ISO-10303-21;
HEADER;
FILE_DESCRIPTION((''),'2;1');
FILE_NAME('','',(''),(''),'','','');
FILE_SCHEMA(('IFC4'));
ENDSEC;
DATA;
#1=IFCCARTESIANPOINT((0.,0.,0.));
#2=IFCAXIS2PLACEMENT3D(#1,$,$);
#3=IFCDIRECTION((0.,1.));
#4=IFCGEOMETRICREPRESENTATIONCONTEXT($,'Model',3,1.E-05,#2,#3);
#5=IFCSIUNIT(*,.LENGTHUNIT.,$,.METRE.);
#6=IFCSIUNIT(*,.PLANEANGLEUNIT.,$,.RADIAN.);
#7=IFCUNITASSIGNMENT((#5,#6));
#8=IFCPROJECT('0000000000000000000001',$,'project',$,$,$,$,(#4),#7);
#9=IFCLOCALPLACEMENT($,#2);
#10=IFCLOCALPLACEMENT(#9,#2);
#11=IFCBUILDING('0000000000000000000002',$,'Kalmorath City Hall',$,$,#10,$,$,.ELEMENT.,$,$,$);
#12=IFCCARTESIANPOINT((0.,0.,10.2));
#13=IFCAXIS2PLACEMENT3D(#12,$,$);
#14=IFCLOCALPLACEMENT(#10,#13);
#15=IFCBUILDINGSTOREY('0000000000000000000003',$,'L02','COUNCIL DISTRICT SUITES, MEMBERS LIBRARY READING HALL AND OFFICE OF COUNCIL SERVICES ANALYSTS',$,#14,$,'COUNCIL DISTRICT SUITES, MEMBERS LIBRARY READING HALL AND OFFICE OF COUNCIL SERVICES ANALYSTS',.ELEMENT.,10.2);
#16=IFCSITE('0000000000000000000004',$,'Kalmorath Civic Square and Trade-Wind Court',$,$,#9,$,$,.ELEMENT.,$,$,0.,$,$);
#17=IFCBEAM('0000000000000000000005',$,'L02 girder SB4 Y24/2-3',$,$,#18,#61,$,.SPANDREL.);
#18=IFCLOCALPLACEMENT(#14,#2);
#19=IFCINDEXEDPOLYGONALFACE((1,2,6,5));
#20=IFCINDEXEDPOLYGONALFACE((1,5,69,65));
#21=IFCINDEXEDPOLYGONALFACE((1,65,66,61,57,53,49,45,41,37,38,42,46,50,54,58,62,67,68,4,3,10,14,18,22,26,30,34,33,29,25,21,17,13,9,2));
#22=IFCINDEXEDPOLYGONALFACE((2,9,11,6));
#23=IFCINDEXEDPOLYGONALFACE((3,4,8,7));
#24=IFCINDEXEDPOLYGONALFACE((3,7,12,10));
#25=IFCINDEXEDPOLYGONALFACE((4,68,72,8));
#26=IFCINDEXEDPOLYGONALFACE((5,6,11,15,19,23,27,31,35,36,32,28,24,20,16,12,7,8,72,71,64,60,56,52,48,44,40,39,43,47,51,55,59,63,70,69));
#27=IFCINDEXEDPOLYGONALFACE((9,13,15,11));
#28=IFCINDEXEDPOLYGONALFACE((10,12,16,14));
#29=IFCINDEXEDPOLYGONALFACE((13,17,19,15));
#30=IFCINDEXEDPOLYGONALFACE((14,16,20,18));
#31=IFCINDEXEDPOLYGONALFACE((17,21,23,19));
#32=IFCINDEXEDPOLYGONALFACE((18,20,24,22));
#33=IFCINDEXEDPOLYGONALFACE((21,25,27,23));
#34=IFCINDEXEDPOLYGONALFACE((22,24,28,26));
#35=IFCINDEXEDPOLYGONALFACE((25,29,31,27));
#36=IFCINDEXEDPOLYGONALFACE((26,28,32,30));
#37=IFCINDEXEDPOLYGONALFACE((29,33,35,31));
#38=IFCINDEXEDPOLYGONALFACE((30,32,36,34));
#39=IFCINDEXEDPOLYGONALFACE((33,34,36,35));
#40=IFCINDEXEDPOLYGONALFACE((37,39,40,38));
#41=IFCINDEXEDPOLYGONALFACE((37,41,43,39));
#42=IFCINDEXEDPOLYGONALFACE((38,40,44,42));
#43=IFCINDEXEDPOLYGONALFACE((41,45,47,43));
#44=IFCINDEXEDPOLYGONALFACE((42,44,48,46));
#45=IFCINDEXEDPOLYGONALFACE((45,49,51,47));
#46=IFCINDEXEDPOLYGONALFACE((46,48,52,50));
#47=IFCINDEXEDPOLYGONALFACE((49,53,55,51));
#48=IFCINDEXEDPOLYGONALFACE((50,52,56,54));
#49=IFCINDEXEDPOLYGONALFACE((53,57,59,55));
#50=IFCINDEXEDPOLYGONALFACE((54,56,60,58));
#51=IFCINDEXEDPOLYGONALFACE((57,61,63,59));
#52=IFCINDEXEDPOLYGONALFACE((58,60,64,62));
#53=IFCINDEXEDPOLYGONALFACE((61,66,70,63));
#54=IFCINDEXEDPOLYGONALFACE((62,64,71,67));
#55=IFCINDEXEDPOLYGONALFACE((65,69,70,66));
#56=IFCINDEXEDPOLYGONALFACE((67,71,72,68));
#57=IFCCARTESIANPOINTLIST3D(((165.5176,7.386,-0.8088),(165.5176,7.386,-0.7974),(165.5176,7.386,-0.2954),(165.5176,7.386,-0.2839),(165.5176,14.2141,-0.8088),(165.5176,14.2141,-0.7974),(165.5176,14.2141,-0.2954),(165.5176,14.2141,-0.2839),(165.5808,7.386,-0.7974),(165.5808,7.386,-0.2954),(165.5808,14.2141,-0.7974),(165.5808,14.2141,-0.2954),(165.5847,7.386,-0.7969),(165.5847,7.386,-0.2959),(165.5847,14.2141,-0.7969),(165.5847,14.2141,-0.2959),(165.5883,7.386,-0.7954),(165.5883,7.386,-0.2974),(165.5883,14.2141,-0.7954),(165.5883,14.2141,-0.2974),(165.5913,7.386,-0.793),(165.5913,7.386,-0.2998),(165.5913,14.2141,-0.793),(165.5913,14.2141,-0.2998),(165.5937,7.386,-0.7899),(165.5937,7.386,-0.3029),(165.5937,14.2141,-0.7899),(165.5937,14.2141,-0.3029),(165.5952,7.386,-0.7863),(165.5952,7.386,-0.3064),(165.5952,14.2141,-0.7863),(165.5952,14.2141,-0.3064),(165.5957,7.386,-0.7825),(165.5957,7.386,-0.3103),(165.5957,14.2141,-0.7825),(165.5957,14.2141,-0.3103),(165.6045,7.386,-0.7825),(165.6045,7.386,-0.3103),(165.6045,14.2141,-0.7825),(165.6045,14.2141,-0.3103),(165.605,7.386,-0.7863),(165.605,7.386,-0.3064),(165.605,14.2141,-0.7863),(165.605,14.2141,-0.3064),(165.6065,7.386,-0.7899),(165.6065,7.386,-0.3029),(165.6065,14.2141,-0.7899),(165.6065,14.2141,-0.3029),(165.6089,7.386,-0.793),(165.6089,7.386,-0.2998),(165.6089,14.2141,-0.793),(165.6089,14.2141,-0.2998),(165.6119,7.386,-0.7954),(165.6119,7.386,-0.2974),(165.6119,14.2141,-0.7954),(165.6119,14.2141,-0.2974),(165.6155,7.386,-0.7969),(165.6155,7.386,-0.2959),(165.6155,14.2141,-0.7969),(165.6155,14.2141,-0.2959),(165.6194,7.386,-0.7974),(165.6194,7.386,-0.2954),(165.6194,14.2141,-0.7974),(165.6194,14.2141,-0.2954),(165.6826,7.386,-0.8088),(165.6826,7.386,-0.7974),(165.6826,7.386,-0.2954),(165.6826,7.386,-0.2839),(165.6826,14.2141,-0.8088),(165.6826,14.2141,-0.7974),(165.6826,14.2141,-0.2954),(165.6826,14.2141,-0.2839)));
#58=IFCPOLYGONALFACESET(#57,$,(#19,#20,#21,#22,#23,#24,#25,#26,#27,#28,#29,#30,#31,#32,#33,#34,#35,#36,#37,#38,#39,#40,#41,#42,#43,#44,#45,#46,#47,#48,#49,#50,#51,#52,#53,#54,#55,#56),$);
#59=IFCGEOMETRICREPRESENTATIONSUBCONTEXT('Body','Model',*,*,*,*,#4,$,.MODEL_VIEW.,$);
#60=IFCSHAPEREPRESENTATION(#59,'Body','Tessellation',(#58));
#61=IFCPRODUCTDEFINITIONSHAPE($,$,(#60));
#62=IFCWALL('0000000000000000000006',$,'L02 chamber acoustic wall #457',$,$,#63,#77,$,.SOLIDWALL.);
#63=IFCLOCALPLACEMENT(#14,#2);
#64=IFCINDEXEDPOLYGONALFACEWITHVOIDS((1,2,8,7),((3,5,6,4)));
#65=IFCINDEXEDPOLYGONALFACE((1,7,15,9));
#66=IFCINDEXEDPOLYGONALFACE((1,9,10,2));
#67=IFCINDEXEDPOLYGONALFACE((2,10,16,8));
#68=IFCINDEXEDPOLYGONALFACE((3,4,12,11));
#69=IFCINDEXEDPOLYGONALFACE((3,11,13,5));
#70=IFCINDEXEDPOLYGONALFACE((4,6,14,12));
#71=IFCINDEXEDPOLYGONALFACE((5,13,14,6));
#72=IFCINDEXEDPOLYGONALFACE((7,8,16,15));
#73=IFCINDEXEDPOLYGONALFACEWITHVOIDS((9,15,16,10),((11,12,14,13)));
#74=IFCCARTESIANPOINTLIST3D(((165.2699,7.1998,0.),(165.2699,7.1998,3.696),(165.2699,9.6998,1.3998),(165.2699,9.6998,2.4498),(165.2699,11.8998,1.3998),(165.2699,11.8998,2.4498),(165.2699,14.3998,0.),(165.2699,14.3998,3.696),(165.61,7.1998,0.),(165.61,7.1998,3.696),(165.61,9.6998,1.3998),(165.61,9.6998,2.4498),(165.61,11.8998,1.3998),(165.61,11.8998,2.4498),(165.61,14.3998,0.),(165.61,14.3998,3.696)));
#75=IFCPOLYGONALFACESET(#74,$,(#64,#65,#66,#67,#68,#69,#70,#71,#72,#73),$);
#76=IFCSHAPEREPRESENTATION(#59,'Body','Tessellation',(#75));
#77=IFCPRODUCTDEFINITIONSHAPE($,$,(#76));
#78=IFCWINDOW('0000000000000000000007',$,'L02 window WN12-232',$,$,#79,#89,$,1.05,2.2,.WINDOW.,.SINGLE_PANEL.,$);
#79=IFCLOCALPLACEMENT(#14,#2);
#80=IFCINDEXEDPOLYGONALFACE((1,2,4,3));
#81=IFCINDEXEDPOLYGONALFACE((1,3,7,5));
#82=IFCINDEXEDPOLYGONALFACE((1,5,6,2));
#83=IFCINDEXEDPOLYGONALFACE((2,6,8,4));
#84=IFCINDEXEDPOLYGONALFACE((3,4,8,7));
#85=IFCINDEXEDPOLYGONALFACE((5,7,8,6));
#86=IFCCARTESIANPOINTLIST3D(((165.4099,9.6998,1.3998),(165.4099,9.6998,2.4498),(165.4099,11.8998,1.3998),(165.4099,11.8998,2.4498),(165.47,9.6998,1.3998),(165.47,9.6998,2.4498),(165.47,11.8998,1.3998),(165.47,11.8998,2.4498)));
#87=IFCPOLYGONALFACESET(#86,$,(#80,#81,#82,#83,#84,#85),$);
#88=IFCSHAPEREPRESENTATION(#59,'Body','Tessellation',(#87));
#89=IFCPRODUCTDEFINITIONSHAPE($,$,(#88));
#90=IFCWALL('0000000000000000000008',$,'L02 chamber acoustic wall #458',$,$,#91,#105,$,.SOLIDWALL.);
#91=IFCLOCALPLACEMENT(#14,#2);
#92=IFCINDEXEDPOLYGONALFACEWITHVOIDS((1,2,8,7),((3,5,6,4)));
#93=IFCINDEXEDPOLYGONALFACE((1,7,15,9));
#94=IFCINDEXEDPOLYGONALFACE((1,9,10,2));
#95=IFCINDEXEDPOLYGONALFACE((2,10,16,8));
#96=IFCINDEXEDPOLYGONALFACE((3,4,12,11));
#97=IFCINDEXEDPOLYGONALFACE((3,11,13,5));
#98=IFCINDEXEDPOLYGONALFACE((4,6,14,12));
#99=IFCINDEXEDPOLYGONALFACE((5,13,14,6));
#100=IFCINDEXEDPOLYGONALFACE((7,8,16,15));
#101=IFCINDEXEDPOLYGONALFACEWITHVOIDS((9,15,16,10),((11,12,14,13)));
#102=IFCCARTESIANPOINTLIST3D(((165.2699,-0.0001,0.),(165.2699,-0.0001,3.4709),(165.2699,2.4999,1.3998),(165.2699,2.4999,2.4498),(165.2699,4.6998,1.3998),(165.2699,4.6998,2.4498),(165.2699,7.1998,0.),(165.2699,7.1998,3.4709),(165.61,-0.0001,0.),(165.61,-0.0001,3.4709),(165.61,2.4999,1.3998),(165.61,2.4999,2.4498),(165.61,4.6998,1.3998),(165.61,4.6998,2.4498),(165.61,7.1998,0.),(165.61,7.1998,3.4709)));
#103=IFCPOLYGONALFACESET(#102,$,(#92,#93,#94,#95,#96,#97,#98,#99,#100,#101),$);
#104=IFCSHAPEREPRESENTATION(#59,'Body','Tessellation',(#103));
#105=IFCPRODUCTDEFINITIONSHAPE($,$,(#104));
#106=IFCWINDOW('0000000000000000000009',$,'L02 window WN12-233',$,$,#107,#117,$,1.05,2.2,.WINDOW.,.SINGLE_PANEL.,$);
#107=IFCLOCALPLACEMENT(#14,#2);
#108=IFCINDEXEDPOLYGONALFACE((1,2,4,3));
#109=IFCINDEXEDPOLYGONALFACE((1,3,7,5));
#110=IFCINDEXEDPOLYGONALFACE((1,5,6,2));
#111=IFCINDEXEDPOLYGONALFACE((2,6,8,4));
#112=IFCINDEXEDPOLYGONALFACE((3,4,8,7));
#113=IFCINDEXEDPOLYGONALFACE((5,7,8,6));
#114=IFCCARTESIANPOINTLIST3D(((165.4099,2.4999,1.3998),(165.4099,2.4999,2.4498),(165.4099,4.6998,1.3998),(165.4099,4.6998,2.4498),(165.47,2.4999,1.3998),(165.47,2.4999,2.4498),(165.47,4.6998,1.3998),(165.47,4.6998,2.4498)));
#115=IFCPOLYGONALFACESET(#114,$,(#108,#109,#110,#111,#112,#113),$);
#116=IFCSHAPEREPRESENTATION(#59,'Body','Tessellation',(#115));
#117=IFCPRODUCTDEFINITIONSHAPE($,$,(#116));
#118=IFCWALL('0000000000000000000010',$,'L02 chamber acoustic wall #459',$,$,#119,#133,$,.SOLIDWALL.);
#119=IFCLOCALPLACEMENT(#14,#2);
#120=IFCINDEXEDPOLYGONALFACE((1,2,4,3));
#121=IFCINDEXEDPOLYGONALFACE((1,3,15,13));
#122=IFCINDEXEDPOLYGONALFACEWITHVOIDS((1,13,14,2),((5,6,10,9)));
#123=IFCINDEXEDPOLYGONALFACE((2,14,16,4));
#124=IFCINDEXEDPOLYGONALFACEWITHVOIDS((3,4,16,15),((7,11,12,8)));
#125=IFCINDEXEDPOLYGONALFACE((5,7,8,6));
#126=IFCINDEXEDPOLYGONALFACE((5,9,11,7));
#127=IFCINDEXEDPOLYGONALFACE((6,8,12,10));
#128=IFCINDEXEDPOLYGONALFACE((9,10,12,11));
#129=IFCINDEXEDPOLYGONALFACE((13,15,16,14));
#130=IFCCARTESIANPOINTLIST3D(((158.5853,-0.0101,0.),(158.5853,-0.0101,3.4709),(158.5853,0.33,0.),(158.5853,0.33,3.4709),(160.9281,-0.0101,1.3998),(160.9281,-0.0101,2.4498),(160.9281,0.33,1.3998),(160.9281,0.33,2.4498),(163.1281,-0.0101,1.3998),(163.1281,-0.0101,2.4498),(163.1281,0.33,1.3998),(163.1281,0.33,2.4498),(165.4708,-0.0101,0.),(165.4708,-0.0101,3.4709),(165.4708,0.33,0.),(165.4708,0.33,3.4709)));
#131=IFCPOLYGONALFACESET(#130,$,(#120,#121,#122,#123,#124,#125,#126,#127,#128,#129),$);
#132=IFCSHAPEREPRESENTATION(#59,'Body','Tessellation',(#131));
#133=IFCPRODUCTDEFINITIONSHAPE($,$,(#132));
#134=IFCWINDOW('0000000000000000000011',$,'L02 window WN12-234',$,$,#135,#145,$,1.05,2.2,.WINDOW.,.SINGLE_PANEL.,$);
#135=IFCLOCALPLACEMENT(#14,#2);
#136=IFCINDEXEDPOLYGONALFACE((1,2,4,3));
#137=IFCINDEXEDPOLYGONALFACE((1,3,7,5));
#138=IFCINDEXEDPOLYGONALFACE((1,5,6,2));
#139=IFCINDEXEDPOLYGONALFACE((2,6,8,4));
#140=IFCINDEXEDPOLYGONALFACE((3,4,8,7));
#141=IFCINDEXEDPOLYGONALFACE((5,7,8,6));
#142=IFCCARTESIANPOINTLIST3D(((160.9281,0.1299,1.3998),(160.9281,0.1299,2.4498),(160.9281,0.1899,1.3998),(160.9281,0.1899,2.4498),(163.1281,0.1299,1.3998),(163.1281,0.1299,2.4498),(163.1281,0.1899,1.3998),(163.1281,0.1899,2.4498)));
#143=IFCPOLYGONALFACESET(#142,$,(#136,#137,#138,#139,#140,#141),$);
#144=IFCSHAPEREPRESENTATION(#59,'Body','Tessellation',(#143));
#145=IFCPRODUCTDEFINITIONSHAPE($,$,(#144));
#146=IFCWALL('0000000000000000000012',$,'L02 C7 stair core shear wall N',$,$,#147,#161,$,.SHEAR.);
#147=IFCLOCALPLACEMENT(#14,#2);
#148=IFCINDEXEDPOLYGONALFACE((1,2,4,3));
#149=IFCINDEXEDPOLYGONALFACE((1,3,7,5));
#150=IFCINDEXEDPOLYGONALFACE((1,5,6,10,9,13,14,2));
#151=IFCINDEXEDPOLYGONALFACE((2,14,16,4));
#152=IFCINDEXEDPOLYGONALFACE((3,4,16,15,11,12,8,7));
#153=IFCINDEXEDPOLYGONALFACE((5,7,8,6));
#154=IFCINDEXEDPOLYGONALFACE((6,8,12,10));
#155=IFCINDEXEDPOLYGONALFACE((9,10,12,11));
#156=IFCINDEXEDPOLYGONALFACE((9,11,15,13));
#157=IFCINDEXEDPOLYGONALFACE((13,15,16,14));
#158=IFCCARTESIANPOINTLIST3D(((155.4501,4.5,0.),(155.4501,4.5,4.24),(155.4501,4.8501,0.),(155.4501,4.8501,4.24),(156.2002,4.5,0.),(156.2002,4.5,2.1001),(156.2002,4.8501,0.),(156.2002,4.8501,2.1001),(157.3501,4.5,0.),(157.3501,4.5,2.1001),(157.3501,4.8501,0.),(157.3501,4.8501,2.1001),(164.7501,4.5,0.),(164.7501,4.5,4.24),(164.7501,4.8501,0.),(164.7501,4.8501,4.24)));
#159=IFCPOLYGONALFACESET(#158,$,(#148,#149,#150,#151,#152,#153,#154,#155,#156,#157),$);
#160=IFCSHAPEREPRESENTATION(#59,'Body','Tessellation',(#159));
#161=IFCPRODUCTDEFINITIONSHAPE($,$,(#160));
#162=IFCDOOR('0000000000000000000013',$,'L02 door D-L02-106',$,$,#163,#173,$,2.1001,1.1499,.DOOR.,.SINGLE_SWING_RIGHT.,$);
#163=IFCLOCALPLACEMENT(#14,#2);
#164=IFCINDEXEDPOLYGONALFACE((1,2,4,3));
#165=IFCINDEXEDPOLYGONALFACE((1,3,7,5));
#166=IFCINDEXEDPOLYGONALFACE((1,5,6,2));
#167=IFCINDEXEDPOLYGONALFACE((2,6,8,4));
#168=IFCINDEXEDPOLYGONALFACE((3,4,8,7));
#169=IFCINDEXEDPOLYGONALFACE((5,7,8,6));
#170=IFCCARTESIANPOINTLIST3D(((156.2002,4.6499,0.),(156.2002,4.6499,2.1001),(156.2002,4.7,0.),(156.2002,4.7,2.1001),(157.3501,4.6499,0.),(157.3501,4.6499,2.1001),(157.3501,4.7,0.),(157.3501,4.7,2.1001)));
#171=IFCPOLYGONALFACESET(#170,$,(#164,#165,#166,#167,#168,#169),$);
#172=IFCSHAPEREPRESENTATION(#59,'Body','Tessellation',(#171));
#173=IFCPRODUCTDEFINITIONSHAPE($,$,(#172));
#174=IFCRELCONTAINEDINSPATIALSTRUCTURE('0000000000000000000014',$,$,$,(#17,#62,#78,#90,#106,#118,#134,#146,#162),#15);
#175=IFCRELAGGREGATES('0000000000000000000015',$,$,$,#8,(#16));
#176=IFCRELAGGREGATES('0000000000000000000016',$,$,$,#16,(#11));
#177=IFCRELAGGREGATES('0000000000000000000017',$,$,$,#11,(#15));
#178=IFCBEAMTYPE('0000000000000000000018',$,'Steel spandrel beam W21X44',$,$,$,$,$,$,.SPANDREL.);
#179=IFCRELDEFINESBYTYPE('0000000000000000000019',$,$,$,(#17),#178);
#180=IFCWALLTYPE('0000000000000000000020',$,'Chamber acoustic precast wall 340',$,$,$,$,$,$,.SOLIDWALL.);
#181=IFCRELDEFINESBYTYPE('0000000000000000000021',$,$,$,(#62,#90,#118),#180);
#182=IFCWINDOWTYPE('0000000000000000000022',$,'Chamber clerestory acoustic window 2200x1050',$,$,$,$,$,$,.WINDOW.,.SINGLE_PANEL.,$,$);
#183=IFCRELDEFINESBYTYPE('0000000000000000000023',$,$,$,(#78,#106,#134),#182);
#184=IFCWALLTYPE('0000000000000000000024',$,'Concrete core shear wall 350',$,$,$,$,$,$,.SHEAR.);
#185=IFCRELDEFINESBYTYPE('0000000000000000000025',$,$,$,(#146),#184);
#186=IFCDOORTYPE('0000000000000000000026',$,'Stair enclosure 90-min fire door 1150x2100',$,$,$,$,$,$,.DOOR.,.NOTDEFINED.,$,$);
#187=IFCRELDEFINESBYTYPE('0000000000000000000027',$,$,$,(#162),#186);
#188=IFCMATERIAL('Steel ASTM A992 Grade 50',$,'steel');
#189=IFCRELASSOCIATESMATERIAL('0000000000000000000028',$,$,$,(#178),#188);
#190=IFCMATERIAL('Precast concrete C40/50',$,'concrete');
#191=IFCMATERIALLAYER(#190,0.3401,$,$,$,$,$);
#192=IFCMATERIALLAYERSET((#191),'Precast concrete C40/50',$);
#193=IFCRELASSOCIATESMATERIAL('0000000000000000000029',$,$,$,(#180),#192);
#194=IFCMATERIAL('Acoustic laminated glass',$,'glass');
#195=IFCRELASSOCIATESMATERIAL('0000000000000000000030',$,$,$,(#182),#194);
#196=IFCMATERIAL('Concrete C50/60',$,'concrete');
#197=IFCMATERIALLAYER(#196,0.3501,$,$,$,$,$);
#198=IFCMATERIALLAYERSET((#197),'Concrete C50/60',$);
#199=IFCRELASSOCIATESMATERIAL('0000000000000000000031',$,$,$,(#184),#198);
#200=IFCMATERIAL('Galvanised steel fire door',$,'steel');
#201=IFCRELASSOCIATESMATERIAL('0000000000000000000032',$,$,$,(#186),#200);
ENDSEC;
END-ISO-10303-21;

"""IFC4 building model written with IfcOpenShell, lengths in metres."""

from ifc_helpers import new_model, si_unit, direction, frame, frame_2d, origin, origin_2d, place, context, subcontext, project, spatial, rectangle, i_section, extrude, material, layer, layer_set, material_profile, profile_set, type_object, element, fill, save


model = new_model("IFC4")

# Units and contexts
model_context = context("Model", 3, precision=1e-05, world=origin(), true_north=direction((0.0, 1.0)))
body_context = subcontext(model_context, "Body", "Model", "MODEL_VIEW")
ifc_project = project(units=[si_unit("LENGTHUNIT", "METRE"), si_unit("PLANEANGLEUNIT", "RADIAN")], contexts=[model_context])

# Site, building, storey
site_placement = place(None, origin())
site = spatial("IfcSite", under=ifc_project, at=site_placement, Name="Kalmorath Civic Square and Trade-Wind Court", CompositionType="ELEMENT", RefElevation=0.0)
building_placement = place(site_placement, origin())
building = spatial("IfcBuilding", under=site, at=building_placement, Name="Kalmorath City Hall", CompositionType="ELEMENT")
storey_placement = place(building_placement, frame((0.0, 0.0, 10.2)))
storey = spatial("IfcBuildingStorey", under=building, at=storey_placement, Name="L02", Description="COUNCIL DISTRICT SUITES, MEMBERS LIBRARY READING HALL AND OFFICE OF COUNCIL SERVICES ANALYSTS", LongName="COUNCIL DISTRICT SUITES, MEMBERS LIBRARY READING HALL AND OFFICE OF COUNCIL SERVICES ANALYSTS", CompositionType="ELEMENT", Elevation=10.2)

# Beam
ifc_material_1 = material(Name="Steel ASTM A992 Grade 50", Category="steel")
ifc_material_profile_1 = material_profile(ifc_material_1, i_section(OverallWidth=0.165, OverallDepth=0.5249, WebThickness=0.0088, FlangeThickness=0.0115, FilletRadius=0.0149, at=origin_2d()), Name="W21X44")
ifc_profile_set_1 = profile_set([ifc_material_profile_1], Name="Steel ASTM A992 Grade 50")
beam_type_1 = type_object("IfcBeamType", Name="Steel spandrel beam W21X44", PredefinedType="SPANDREL", material=ifc_profile_set_1)
beam_1_placement = place(storey_placement, frame((165.6001, 7.386, -0.5464), z_axis=(0.0, 1.0, 0.0), x_axis=(-1.0, 0.0, 0.0)))
element("IfcBeam", 1, at=beam_1_placement, inside=storey, type_object=beam_type_1, Name="L02 girder SB4 Y24/2-3", PredefinedType="SPANDREL", context=body_context, shape_type="SweptSolid", body=[
    extrude(i_section(OverallWidth=0.165, OverallDepth=0.5249, WebThickness=0.0088, FlangeThickness=0.0115, FilletRadius=0.0149, at=origin_2d()), origin(), (0.0, 0.0, 1.0), 6.8281),
])

# Walls, openings, windows
ifc_material_2 = material(Name="Precast concrete C40/50", Category="concrete")
ifc_layer_1 = layer(ifc_material_2, 0.3401)
ifc_layer_set_1 = layer_set([ifc_layer_1], Name="Precast concrete C40/50")
wall_type_1 = type_object("IfcWallType", Name="Chamber acoustic precast wall 340", PredefinedType="SOLIDWALL", material=ifc_layer_set_1)
wall_1_placement = place(storey_placement, frame((165.4399, 14.3999, 0.0), z_axis=(0.0, 0.0, 1.0), x_axis=(0.0, -1.0, 0.0)))
wall_1 = element("IfcWall", 2, at=wall_1_placement, inside=storey, type_object=wall_type_1, Name="L02 chamber acoustic wall #457", PredefinedType="SOLIDWALL", context=body_context, shape_type="SweptSolid", body=[
    extrude(rectangle(XDim=7.2, YDim=0.3401, at=frame_2d((3.6001, 0.0))), origin(), (0.0, 0.0, 1.0), 3.696),
])
opening_1_placement = place(wall_1_placement, frame((2.5, 0.0, 1.3999)))
opening_1 = element("IfcOpeningElement", 3, at=opening_1_placement, cuts=wall_1, PredefinedType="OPENING", context=body_context, shape_type="SweptSolid", body=[
    extrude(rectangle(XDim=2.2, YDim=1.05, at=frame_2d((1.1001, 0.5249))), frame((0.0, 0.1799, 0.0), z_axis=(0.0, -1.0, 0.0), x_axis=(1.0, 0.0, 0.0)), (0.0, 0.0, 1.0), 0.3601),
])
ifc_material_3 = material(Name="Acoustic laminated glass", Category="glass")
window_type = type_object("IfcWindowType", Name="Chamber clerestory acoustic window 2200x1050", PartitioningType="SINGLE_PANEL", PredefinedType="WINDOW", material=ifc_material_3)
window_1_placement = place(opening_1_placement, origin())
window_1 = element("IfcWindow", 4, at=window_1_placement, inside=storey, type_object=window_type, Name="L02 window WN12-232", OverallHeight=1.05, OverallWidth=2.2, PartitioningType="SINGLE_PANEL", PredefinedType="WINDOW", context=body_context, shape_type="SweptSolid", body=[
    extrude(rectangle(XDim=2.2, YDim=1.05, at=frame_2d((1.1001, 0.5249))), frame((0.0, 0.03, 0.0), z_axis=(0.0, -1.0, 0.0), x_axis=(1.0, 0.0, 0.0)), (0.0, 0.0, 1.0), 0.0601),
])
fill(opening_1, window_1)
wall_2_placement = place(storey_placement, frame((165.4399, 7.2, 0.0), z_axis=(0.0, 0.0, 1.0), x_axis=(0.0, -1.0, 0.0)))
wall_2 = element("IfcWall", 5, at=wall_2_placement, inside=storey, type_object=wall_type_1, Name="L02 chamber acoustic wall #458", PredefinedType="SOLIDWALL", context=body_context, shape_type="SweptSolid", body=[
    extrude(rectangle(XDim=7.2, YDim=0.3401, at=frame_2d((3.6001, 0.0))), origin(), (0.0, 0.0, 1.0), 3.4709),
])
opening_2_placement = place(wall_2_placement, frame((2.5, 0.0, 1.3999)))
opening_2 = element("IfcOpeningElement", 6, at=opening_2_placement, cuts=wall_2, PredefinedType="OPENING", context=body_context, shape_type="SweptSolid", body=[
    extrude(rectangle(XDim=2.2, YDim=1.05, at=frame_2d((1.1001, 0.5249))), frame((0.0, 0.1799, 0.0), z_axis=(0.0, -1.0, 0.0), x_axis=(1.0, 0.0, 0.0)), (0.0, 0.0, 1.0), 0.3601),
])
window_2_placement = place(opening_2_placement, origin())
window_2 = element("IfcWindow", 7, at=window_2_placement, inside=storey, type_object=window_type, Name="L02 window WN12-233", OverallHeight=1.05, OverallWidth=2.2, PartitioningType="SINGLE_PANEL", PredefinedType="WINDOW", context=body_context, shape_type="SweptSolid", body=[
    extrude(rectangle(XDim=2.2, YDim=1.05, at=frame_2d((1.1001, 0.5249))), frame((0.0, 0.03, 0.0), z_axis=(0.0, -1.0, 0.0), x_axis=(1.0, 0.0, 0.0)), (0.0, 0.0, 1.0), 0.0601),
])
fill(opening_2, window_2)
wall_3_placement = place(storey_placement, frame((165.4709, 0.1599, 0.0), z_axis=(0.0, 0.0, 1.0), x_axis=(-1.0, 0.0, 0.0)))
wall_3 = element("IfcWall", 8, at=wall_3_placement, inside=storey, type_object=wall_type_1, Name="L02 chamber acoustic wall #459", PredefinedType="SOLIDWALL", context=body_context, shape_type="SweptSolid", body=[
    extrude(rectangle(XDim=6.8855, YDim=0.3401, at=frame_2d((3.4429, 0.0))), origin(), (0.0, 0.0, 1.0), 3.4709),
])
opening_3_placement = place(wall_3_placement, frame((2.3428, 0.0, 1.3999)))
opening_3 = element("IfcOpeningElement", 9, at=opening_3_placement, cuts=wall_3, PredefinedType="OPENING", context=body_context, shape_type="SweptSolid", body=[
    extrude(rectangle(XDim=2.2, YDim=1.05, at=frame_2d((1.1001, 0.5249))), frame((0.0, 0.1799, 0.0), z_axis=(0.0, -1.0, 0.0), x_axis=(1.0, 0.0, 0.0)), (0.0, 0.0, 1.0), 0.3601),
])
window_3_placement = place(opening_3_placement, origin())
window_3 = element("IfcWindow", 10, at=window_3_placement, inside=storey, type_object=window_type, Name="L02 window WN12-234", OverallHeight=1.05, OverallWidth=2.2, PartitioningType="SINGLE_PANEL", PredefinedType="WINDOW", context=body_context, shape_type="SweptSolid", body=[
    extrude(rectangle(XDim=2.2, YDim=1.05, at=frame_2d((1.1001, 0.5249))), frame((0.0, 0.03, 0.0), z_axis=(0.0, -1.0, 0.0), x_axis=(1.0, 0.0, 0.0)), (0.0, 0.0, 1.0), 0.0601),
])
fill(opening_3, window_3)

# Wall, opening, door
ifc_material_4 = material(Name="Concrete C50/60", Category="concrete")
ifc_layer_2 = layer(ifc_material_4, 0.3501)
ifc_layer_set_2 = layer_set([ifc_layer_2], Name="Concrete C50/60")
wall_type_2 = type_object("IfcWallType", Name="Concrete core shear wall 350", PredefinedType="SHEAR", material=ifc_layer_set_2)
wall_4_placement = place(storey_placement, frame((164.75, 4.675, 0.0), z_axis=(0.0, 0.0, 1.0), x_axis=(-1.0, 0.0, 0.0)))
wall_4 = element("IfcWall", 11, at=wall_4_placement, inside=storey, type_object=wall_type_2, Name="L02 C7 stair core shear wall N", PredefinedType="SHEAR", context=body_context, shape_type="SweptSolid", body=[
    extrude(rectangle(XDim=9.3, YDim=0.3501, at=frame_2d((4.6499, 0.0))), origin(), (0.0, 0.0, 1.0), 4.24),
])
opening_4_placement = place(wall_4_placement, frame((7.3999, 0.0, 0.0)))
opening_4 = element("IfcOpeningElement", 12, at=opening_4_placement, cuts=wall_4, PredefinedType="OPENING", context=body_context, shape_type="SweptSolid", body=[
    extrude(rectangle(XDim=1.1499, YDim=2.1001, at=frame_2d((0.575, 1.05))), frame((0.0, 0.1851, 0.0), z_axis=(0.0, -1.0, 0.0), x_axis=(1.0, 0.0, 0.0)), (0.0, 0.0, 1.0), 0.3701),
])
ifc_material_5 = material(Name="Galvanised steel fire door", Category="steel")
door_type = type_object("IfcDoorType", Name="Stair enclosure 90-min fire door 1150x2100", OperationType="NOTDEFINED", PredefinedType="DOOR", material=ifc_material_5)
door_placement = place(opening_4_placement, frame((1.1499, 0.0, 0.0), z_axis=(0.0, 0.0, 1.0), x_axis=(-1.0, 0.0, 0.0)))
door = element("IfcDoor", 13, at=door_placement, inside=storey, type_object=door_type, Name="L02 door D-L02-106", OperationType="SINGLE_SWING_RIGHT", OverallHeight=2.1001, OverallWidth=1.1499, PredefinedType="DOOR", context=body_context, shape_type="SweptSolid", body=[
    extrude(rectangle(XDim=1.1499, YDim=2.1001, at=frame_2d((0.575, 1.05))), frame((0.0, 0.0249, 0.0), z_axis=(0.0, -1.0, 0.0), x_axis=(1.0, 0.0, 0.0)), (0.0, 0.0, 1.0), 0.05),
])
fill(opening_4, door)

save(model, "model.ifc")
